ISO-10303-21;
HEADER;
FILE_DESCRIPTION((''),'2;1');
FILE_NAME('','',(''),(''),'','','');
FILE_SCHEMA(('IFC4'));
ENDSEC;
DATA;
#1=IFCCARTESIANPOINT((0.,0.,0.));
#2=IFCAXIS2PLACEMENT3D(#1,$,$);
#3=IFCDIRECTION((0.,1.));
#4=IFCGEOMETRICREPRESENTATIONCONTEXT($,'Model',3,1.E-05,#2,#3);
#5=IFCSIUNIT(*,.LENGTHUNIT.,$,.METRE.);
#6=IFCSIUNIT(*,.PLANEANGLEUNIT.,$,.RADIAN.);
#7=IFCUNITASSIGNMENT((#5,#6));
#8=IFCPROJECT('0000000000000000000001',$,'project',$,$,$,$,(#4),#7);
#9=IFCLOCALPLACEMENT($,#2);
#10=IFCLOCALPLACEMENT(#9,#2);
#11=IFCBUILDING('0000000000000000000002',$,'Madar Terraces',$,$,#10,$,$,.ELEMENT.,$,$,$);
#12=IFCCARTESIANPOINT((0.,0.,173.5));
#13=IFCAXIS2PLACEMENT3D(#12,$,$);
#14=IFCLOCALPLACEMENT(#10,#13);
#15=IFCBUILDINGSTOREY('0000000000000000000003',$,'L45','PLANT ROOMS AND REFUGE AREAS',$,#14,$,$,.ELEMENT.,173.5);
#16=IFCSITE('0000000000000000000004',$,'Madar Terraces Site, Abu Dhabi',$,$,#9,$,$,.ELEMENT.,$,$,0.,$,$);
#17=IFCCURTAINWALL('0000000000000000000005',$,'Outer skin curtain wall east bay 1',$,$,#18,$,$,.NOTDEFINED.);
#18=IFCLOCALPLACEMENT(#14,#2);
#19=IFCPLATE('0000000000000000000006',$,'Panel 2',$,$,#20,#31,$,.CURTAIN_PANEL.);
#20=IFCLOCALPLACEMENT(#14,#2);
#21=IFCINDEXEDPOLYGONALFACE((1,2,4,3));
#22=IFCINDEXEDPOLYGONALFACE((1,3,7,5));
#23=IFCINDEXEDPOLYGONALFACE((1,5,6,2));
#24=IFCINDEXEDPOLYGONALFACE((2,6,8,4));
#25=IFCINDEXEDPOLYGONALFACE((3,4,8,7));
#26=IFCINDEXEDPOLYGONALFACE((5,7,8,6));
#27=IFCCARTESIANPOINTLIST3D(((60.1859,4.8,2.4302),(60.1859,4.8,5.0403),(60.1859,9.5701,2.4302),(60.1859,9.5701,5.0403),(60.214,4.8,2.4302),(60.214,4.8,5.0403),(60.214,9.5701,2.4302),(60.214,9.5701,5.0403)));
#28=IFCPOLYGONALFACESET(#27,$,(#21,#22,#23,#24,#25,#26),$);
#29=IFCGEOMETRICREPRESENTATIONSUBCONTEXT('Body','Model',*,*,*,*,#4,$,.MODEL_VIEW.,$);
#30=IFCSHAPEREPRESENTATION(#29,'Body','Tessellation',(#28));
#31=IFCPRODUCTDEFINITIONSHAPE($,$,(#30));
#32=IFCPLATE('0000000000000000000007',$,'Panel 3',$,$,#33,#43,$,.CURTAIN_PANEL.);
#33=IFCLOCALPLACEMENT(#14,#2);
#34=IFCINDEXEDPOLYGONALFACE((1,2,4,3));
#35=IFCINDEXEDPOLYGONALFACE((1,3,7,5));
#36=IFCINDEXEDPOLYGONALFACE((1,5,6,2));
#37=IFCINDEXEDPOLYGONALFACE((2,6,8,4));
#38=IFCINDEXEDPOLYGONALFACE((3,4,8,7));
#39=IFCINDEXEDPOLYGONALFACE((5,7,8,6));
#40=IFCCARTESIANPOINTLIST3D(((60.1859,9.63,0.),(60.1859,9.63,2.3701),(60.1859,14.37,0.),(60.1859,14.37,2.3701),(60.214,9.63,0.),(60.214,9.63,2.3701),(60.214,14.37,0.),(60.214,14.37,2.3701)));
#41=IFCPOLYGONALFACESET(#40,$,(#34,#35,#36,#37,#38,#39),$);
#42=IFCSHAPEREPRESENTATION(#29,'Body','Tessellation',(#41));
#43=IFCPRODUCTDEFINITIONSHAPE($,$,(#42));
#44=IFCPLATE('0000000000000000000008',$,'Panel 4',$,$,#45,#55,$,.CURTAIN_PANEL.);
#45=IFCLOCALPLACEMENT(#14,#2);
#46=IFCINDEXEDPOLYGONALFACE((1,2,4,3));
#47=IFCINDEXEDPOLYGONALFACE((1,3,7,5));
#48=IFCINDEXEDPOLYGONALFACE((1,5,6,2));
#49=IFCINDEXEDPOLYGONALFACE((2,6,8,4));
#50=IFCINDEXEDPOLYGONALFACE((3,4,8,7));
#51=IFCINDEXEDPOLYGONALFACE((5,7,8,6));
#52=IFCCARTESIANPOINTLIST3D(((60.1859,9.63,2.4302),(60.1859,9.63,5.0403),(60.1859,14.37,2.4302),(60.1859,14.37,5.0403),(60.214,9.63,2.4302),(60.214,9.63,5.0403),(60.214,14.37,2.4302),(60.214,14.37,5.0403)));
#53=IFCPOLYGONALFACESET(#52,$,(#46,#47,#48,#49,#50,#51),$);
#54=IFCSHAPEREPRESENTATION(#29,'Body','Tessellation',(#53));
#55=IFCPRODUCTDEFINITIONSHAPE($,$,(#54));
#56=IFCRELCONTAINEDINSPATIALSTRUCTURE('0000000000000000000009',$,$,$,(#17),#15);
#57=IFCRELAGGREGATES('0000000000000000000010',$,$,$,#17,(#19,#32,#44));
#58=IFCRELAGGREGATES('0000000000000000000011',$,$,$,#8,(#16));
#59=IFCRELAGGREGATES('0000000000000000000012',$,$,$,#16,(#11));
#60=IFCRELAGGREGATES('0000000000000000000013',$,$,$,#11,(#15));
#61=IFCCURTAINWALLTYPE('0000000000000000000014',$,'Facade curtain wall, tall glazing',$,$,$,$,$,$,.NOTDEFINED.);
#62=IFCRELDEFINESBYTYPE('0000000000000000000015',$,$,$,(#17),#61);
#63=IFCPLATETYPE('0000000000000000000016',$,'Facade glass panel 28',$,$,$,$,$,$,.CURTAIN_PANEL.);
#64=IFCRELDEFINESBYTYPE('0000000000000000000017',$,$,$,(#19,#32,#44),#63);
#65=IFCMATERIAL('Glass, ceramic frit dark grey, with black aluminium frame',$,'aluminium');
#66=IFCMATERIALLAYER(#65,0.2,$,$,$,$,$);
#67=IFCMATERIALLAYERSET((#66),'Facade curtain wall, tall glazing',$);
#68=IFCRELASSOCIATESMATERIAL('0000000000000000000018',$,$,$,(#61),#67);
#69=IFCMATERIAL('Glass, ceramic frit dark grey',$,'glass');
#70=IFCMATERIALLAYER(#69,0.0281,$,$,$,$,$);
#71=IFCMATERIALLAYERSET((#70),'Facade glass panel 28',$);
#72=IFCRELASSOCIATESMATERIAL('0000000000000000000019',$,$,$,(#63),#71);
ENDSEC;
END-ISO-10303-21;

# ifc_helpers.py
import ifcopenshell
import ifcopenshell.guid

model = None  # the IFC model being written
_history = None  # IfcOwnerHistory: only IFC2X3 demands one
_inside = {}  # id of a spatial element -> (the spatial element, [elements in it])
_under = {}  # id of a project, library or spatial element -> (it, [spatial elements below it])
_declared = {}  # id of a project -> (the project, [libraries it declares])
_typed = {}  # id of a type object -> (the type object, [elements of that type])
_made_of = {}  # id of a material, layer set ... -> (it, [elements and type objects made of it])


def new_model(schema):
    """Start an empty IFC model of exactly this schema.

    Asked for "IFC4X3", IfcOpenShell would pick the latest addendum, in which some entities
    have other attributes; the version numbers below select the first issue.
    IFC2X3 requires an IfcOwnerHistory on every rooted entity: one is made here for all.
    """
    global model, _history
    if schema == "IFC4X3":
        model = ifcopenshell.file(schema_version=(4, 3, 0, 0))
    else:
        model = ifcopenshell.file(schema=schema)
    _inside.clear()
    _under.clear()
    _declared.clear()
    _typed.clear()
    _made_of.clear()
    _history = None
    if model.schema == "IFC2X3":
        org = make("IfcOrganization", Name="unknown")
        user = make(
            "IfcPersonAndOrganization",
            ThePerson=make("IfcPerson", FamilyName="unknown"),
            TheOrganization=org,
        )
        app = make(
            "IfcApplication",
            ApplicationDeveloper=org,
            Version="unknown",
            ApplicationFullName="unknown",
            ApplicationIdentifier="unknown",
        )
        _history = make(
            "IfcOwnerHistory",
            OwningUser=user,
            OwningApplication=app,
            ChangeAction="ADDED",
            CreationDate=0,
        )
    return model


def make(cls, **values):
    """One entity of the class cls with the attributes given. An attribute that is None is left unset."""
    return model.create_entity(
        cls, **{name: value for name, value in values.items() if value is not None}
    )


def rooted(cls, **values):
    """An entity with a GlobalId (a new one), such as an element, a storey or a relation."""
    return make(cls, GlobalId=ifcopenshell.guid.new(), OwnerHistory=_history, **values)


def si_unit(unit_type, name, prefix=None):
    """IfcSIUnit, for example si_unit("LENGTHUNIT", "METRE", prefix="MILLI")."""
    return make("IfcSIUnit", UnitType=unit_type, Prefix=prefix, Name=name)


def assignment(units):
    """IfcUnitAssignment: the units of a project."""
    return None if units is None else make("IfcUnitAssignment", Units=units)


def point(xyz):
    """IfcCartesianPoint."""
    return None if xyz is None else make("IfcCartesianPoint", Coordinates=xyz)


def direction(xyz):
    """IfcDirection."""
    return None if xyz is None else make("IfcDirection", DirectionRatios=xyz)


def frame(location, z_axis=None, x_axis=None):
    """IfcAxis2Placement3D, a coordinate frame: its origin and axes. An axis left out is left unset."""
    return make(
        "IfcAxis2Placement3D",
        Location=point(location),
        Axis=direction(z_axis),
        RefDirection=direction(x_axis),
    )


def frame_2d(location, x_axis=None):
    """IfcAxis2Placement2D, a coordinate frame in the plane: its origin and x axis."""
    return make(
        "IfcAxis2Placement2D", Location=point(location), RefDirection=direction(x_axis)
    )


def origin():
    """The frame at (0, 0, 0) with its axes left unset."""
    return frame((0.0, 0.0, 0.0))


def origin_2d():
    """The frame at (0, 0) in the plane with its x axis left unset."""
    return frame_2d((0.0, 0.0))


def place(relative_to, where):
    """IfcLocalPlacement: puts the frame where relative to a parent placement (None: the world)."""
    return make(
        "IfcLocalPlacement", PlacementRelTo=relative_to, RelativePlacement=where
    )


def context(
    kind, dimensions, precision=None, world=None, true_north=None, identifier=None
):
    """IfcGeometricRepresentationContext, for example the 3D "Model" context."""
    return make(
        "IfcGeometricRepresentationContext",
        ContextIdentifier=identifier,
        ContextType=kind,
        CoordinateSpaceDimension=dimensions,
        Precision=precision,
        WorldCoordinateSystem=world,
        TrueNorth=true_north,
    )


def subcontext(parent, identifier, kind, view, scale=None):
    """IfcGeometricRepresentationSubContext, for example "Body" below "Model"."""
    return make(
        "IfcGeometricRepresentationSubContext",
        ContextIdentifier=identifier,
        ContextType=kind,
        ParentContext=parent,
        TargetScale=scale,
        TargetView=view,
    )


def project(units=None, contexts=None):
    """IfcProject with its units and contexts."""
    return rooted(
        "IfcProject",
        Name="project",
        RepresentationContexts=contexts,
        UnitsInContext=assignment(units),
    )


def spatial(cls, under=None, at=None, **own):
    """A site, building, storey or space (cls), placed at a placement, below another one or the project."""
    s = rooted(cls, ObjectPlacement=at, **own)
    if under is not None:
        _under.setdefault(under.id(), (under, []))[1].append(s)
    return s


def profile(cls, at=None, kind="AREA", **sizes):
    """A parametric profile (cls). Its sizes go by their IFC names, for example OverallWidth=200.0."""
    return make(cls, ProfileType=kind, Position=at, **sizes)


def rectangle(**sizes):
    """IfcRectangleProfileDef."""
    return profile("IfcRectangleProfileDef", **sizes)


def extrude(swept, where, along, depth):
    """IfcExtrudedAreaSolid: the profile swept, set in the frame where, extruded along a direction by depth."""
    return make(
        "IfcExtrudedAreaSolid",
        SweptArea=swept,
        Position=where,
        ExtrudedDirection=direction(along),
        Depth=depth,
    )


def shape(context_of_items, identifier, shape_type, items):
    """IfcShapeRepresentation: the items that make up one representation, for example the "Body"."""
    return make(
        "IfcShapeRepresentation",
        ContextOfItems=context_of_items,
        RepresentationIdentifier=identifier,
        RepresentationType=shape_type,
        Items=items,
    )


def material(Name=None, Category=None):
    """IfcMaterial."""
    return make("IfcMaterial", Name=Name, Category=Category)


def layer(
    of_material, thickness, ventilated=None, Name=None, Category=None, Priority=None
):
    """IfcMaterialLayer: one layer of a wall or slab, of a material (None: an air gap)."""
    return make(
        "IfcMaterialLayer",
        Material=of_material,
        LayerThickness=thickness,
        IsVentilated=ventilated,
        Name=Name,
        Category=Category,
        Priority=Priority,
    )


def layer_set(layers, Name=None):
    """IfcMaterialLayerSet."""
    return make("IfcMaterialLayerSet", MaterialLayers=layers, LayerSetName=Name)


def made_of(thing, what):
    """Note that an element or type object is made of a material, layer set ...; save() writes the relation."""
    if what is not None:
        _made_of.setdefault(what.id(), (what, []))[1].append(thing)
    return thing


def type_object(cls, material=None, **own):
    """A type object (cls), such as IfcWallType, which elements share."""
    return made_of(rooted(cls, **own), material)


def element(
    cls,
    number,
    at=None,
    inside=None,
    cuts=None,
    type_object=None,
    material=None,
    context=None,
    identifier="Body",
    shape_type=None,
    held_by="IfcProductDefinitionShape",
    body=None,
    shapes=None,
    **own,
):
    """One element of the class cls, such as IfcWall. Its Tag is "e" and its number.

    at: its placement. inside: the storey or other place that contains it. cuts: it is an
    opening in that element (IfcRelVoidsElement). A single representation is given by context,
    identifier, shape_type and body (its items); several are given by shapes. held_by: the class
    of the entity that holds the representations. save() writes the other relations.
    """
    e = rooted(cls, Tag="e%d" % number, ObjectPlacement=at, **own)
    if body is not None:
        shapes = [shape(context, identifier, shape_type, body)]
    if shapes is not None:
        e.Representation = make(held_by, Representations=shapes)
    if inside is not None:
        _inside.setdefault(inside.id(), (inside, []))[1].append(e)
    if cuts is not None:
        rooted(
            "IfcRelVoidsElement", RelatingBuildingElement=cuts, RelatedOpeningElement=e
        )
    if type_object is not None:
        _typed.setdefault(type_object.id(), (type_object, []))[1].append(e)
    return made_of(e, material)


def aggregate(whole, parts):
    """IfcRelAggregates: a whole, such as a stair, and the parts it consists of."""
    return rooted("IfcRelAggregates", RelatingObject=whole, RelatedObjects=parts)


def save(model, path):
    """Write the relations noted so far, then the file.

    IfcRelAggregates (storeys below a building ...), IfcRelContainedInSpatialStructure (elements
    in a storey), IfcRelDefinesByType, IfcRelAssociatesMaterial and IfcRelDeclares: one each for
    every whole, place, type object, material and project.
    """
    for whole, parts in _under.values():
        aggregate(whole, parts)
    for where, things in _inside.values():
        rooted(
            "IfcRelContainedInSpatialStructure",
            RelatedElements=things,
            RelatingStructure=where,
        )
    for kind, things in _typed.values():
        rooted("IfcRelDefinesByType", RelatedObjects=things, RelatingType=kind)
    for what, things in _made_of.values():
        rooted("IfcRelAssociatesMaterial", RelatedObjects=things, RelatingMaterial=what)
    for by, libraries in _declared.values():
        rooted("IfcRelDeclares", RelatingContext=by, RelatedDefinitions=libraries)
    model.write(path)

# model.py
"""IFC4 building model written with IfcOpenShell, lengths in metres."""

from ifc_helpers import new_model, si_unit, direction, frame, origin, origin_2d, place, context, subcontext, project, spatial, rectangle, extrude, material, layer, layer_set, type_object, element, aggregate, save


model = new_model("IFC4")

# Units and contexts
model_context = context("Model", 3, precision=1e-05, world=origin(), true_north=direction((0.0, 1.0)))
body_context = subcontext(model_context, "Body", "Model", "MODEL_VIEW")
ifc_project = project(units=[si_unit("LENGTHUNIT", "METRE"), si_unit("PLANEANGLEUNIT", "RADIAN")], contexts=[model_context])

# Site, building, storey
site_placement = place(None, origin())
site = spatial("IfcSite", under=ifc_project, at=site_placement, Name="Madar Terraces Site, Abu Dhabi", CompositionType="ELEMENT", RefElevation=0.0)
building_placement = place(site_placement, origin())
building = spatial("IfcBuilding", under=site, at=building_placement, Name="Madar Terraces", CompositionType="ELEMENT")
storey_placement = place(building_placement, frame((0.0, 0.0, 173.5)))
storey = spatial("IfcBuildingStorey", under=building, at=storey_placement, Name="L45", Description="PLANT ROOMS AND REFUGE AREAS", CompositionType="ELEMENT", Elevation=173.5)

# Curtain wall
ifc_material_1 = material(Name="Glass, ceramic frit dark grey, with black aluminium frame", Category="aluminium")
ifc_layer_1 = layer(ifc_material_1, 0.2)
ifc_layer_set_1 = layer_set([ifc_layer_1], Name="Facade curtain wall, tall glazing")
curtain_wall_type = type_object("IfcCurtainWallType", Name="Facade curtain wall, tall glazing", PredefinedType="NOTDEFINED", material=ifc_layer_set_1)
curtain_wall_placement = place(storey_placement, origin())
curtain_wall = element("IfcCurtainWall", 1, at=curtain_wall_placement, inside=storey, type_object=curtain_wall_type, Name="Outer skin curtain wall east bay 1", PredefinedType="NOTDEFINED")

# Plates
ifc_material_2 = material(Name="Glass, ceramic frit dark grey", Category="glass")
ifc_layer_2 = layer(ifc_material_2, 0.0281)
ifc_layer_set_2 = layer_set([ifc_layer_2], Name="Facade glass panel 28")
plate_type = type_object("IfcPlateType", Name="Facade glass panel 28", PredefinedType="CURTAIN_PANEL", material=ifc_layer_set_2)
plate_1_placement = place(storey_placement, frame((60.2, 7.1851, 2.4302), z_axis=(0.0, 0.0, 1.0), x_axis=(0.0, 1.0, 0.0)))
plate_1 = element("IfcPlate", 2, at=plate_1_placement, type_object=plate_type, Name="Panel 2", PredefinedType="CURTAIN_PANEL", context=body_context, shape_type="SweptSolid", body=[
    extrude(rectangle(XDim=4.77, YDim=0.0281, at=origin_2d()), origin(), (0.0, 0.0, 1.0), 2.6101),
])
plate_2_placement = place(storey_placement, frame((60.2, 12.0, 0.0), z_axis=(0.0, 0.0, 1.0), x_axis=(0.0, 1.0, 0.0)))
plate_2 = element("IfcPlate", 3, at=plate_2_placement, type_object=plate_type, Name="Panel 3", PredefinedType="CURTAIN_PANEL", context=body_context, shape_type="SweptSolid", body=[
    extrude(rectangle(XDim=4.74, YDim=0.0281, at=origin_2d()), origin(), (0.0, 0.0, 1.0), 2.3701),
])
plate_3_placement = place(storey_placement, frame((60.2, 12.0, 2.4302), z_axis=(0.0, 0.0, 1.0), x_axis=(0.0, 1.0, 0.0)))
plate_3 = element("IfcPlate", 4, at=plate_3_placement, type_object=plate_type, Name="Panel 4", PredefinedType="CURTAIN_PANEL", context=body_context, shape_type="SweptSolid", body=[
    extrude(rectangle(XDim=4.74, YDim=0.0281, at=origin_2d()), origin(), (0.0, 0.0, 1.0), 2.6101),
])
aggregate(curtain_wall, [plate_1, plate_2, plate_3])

save(model, "model.ifc")
